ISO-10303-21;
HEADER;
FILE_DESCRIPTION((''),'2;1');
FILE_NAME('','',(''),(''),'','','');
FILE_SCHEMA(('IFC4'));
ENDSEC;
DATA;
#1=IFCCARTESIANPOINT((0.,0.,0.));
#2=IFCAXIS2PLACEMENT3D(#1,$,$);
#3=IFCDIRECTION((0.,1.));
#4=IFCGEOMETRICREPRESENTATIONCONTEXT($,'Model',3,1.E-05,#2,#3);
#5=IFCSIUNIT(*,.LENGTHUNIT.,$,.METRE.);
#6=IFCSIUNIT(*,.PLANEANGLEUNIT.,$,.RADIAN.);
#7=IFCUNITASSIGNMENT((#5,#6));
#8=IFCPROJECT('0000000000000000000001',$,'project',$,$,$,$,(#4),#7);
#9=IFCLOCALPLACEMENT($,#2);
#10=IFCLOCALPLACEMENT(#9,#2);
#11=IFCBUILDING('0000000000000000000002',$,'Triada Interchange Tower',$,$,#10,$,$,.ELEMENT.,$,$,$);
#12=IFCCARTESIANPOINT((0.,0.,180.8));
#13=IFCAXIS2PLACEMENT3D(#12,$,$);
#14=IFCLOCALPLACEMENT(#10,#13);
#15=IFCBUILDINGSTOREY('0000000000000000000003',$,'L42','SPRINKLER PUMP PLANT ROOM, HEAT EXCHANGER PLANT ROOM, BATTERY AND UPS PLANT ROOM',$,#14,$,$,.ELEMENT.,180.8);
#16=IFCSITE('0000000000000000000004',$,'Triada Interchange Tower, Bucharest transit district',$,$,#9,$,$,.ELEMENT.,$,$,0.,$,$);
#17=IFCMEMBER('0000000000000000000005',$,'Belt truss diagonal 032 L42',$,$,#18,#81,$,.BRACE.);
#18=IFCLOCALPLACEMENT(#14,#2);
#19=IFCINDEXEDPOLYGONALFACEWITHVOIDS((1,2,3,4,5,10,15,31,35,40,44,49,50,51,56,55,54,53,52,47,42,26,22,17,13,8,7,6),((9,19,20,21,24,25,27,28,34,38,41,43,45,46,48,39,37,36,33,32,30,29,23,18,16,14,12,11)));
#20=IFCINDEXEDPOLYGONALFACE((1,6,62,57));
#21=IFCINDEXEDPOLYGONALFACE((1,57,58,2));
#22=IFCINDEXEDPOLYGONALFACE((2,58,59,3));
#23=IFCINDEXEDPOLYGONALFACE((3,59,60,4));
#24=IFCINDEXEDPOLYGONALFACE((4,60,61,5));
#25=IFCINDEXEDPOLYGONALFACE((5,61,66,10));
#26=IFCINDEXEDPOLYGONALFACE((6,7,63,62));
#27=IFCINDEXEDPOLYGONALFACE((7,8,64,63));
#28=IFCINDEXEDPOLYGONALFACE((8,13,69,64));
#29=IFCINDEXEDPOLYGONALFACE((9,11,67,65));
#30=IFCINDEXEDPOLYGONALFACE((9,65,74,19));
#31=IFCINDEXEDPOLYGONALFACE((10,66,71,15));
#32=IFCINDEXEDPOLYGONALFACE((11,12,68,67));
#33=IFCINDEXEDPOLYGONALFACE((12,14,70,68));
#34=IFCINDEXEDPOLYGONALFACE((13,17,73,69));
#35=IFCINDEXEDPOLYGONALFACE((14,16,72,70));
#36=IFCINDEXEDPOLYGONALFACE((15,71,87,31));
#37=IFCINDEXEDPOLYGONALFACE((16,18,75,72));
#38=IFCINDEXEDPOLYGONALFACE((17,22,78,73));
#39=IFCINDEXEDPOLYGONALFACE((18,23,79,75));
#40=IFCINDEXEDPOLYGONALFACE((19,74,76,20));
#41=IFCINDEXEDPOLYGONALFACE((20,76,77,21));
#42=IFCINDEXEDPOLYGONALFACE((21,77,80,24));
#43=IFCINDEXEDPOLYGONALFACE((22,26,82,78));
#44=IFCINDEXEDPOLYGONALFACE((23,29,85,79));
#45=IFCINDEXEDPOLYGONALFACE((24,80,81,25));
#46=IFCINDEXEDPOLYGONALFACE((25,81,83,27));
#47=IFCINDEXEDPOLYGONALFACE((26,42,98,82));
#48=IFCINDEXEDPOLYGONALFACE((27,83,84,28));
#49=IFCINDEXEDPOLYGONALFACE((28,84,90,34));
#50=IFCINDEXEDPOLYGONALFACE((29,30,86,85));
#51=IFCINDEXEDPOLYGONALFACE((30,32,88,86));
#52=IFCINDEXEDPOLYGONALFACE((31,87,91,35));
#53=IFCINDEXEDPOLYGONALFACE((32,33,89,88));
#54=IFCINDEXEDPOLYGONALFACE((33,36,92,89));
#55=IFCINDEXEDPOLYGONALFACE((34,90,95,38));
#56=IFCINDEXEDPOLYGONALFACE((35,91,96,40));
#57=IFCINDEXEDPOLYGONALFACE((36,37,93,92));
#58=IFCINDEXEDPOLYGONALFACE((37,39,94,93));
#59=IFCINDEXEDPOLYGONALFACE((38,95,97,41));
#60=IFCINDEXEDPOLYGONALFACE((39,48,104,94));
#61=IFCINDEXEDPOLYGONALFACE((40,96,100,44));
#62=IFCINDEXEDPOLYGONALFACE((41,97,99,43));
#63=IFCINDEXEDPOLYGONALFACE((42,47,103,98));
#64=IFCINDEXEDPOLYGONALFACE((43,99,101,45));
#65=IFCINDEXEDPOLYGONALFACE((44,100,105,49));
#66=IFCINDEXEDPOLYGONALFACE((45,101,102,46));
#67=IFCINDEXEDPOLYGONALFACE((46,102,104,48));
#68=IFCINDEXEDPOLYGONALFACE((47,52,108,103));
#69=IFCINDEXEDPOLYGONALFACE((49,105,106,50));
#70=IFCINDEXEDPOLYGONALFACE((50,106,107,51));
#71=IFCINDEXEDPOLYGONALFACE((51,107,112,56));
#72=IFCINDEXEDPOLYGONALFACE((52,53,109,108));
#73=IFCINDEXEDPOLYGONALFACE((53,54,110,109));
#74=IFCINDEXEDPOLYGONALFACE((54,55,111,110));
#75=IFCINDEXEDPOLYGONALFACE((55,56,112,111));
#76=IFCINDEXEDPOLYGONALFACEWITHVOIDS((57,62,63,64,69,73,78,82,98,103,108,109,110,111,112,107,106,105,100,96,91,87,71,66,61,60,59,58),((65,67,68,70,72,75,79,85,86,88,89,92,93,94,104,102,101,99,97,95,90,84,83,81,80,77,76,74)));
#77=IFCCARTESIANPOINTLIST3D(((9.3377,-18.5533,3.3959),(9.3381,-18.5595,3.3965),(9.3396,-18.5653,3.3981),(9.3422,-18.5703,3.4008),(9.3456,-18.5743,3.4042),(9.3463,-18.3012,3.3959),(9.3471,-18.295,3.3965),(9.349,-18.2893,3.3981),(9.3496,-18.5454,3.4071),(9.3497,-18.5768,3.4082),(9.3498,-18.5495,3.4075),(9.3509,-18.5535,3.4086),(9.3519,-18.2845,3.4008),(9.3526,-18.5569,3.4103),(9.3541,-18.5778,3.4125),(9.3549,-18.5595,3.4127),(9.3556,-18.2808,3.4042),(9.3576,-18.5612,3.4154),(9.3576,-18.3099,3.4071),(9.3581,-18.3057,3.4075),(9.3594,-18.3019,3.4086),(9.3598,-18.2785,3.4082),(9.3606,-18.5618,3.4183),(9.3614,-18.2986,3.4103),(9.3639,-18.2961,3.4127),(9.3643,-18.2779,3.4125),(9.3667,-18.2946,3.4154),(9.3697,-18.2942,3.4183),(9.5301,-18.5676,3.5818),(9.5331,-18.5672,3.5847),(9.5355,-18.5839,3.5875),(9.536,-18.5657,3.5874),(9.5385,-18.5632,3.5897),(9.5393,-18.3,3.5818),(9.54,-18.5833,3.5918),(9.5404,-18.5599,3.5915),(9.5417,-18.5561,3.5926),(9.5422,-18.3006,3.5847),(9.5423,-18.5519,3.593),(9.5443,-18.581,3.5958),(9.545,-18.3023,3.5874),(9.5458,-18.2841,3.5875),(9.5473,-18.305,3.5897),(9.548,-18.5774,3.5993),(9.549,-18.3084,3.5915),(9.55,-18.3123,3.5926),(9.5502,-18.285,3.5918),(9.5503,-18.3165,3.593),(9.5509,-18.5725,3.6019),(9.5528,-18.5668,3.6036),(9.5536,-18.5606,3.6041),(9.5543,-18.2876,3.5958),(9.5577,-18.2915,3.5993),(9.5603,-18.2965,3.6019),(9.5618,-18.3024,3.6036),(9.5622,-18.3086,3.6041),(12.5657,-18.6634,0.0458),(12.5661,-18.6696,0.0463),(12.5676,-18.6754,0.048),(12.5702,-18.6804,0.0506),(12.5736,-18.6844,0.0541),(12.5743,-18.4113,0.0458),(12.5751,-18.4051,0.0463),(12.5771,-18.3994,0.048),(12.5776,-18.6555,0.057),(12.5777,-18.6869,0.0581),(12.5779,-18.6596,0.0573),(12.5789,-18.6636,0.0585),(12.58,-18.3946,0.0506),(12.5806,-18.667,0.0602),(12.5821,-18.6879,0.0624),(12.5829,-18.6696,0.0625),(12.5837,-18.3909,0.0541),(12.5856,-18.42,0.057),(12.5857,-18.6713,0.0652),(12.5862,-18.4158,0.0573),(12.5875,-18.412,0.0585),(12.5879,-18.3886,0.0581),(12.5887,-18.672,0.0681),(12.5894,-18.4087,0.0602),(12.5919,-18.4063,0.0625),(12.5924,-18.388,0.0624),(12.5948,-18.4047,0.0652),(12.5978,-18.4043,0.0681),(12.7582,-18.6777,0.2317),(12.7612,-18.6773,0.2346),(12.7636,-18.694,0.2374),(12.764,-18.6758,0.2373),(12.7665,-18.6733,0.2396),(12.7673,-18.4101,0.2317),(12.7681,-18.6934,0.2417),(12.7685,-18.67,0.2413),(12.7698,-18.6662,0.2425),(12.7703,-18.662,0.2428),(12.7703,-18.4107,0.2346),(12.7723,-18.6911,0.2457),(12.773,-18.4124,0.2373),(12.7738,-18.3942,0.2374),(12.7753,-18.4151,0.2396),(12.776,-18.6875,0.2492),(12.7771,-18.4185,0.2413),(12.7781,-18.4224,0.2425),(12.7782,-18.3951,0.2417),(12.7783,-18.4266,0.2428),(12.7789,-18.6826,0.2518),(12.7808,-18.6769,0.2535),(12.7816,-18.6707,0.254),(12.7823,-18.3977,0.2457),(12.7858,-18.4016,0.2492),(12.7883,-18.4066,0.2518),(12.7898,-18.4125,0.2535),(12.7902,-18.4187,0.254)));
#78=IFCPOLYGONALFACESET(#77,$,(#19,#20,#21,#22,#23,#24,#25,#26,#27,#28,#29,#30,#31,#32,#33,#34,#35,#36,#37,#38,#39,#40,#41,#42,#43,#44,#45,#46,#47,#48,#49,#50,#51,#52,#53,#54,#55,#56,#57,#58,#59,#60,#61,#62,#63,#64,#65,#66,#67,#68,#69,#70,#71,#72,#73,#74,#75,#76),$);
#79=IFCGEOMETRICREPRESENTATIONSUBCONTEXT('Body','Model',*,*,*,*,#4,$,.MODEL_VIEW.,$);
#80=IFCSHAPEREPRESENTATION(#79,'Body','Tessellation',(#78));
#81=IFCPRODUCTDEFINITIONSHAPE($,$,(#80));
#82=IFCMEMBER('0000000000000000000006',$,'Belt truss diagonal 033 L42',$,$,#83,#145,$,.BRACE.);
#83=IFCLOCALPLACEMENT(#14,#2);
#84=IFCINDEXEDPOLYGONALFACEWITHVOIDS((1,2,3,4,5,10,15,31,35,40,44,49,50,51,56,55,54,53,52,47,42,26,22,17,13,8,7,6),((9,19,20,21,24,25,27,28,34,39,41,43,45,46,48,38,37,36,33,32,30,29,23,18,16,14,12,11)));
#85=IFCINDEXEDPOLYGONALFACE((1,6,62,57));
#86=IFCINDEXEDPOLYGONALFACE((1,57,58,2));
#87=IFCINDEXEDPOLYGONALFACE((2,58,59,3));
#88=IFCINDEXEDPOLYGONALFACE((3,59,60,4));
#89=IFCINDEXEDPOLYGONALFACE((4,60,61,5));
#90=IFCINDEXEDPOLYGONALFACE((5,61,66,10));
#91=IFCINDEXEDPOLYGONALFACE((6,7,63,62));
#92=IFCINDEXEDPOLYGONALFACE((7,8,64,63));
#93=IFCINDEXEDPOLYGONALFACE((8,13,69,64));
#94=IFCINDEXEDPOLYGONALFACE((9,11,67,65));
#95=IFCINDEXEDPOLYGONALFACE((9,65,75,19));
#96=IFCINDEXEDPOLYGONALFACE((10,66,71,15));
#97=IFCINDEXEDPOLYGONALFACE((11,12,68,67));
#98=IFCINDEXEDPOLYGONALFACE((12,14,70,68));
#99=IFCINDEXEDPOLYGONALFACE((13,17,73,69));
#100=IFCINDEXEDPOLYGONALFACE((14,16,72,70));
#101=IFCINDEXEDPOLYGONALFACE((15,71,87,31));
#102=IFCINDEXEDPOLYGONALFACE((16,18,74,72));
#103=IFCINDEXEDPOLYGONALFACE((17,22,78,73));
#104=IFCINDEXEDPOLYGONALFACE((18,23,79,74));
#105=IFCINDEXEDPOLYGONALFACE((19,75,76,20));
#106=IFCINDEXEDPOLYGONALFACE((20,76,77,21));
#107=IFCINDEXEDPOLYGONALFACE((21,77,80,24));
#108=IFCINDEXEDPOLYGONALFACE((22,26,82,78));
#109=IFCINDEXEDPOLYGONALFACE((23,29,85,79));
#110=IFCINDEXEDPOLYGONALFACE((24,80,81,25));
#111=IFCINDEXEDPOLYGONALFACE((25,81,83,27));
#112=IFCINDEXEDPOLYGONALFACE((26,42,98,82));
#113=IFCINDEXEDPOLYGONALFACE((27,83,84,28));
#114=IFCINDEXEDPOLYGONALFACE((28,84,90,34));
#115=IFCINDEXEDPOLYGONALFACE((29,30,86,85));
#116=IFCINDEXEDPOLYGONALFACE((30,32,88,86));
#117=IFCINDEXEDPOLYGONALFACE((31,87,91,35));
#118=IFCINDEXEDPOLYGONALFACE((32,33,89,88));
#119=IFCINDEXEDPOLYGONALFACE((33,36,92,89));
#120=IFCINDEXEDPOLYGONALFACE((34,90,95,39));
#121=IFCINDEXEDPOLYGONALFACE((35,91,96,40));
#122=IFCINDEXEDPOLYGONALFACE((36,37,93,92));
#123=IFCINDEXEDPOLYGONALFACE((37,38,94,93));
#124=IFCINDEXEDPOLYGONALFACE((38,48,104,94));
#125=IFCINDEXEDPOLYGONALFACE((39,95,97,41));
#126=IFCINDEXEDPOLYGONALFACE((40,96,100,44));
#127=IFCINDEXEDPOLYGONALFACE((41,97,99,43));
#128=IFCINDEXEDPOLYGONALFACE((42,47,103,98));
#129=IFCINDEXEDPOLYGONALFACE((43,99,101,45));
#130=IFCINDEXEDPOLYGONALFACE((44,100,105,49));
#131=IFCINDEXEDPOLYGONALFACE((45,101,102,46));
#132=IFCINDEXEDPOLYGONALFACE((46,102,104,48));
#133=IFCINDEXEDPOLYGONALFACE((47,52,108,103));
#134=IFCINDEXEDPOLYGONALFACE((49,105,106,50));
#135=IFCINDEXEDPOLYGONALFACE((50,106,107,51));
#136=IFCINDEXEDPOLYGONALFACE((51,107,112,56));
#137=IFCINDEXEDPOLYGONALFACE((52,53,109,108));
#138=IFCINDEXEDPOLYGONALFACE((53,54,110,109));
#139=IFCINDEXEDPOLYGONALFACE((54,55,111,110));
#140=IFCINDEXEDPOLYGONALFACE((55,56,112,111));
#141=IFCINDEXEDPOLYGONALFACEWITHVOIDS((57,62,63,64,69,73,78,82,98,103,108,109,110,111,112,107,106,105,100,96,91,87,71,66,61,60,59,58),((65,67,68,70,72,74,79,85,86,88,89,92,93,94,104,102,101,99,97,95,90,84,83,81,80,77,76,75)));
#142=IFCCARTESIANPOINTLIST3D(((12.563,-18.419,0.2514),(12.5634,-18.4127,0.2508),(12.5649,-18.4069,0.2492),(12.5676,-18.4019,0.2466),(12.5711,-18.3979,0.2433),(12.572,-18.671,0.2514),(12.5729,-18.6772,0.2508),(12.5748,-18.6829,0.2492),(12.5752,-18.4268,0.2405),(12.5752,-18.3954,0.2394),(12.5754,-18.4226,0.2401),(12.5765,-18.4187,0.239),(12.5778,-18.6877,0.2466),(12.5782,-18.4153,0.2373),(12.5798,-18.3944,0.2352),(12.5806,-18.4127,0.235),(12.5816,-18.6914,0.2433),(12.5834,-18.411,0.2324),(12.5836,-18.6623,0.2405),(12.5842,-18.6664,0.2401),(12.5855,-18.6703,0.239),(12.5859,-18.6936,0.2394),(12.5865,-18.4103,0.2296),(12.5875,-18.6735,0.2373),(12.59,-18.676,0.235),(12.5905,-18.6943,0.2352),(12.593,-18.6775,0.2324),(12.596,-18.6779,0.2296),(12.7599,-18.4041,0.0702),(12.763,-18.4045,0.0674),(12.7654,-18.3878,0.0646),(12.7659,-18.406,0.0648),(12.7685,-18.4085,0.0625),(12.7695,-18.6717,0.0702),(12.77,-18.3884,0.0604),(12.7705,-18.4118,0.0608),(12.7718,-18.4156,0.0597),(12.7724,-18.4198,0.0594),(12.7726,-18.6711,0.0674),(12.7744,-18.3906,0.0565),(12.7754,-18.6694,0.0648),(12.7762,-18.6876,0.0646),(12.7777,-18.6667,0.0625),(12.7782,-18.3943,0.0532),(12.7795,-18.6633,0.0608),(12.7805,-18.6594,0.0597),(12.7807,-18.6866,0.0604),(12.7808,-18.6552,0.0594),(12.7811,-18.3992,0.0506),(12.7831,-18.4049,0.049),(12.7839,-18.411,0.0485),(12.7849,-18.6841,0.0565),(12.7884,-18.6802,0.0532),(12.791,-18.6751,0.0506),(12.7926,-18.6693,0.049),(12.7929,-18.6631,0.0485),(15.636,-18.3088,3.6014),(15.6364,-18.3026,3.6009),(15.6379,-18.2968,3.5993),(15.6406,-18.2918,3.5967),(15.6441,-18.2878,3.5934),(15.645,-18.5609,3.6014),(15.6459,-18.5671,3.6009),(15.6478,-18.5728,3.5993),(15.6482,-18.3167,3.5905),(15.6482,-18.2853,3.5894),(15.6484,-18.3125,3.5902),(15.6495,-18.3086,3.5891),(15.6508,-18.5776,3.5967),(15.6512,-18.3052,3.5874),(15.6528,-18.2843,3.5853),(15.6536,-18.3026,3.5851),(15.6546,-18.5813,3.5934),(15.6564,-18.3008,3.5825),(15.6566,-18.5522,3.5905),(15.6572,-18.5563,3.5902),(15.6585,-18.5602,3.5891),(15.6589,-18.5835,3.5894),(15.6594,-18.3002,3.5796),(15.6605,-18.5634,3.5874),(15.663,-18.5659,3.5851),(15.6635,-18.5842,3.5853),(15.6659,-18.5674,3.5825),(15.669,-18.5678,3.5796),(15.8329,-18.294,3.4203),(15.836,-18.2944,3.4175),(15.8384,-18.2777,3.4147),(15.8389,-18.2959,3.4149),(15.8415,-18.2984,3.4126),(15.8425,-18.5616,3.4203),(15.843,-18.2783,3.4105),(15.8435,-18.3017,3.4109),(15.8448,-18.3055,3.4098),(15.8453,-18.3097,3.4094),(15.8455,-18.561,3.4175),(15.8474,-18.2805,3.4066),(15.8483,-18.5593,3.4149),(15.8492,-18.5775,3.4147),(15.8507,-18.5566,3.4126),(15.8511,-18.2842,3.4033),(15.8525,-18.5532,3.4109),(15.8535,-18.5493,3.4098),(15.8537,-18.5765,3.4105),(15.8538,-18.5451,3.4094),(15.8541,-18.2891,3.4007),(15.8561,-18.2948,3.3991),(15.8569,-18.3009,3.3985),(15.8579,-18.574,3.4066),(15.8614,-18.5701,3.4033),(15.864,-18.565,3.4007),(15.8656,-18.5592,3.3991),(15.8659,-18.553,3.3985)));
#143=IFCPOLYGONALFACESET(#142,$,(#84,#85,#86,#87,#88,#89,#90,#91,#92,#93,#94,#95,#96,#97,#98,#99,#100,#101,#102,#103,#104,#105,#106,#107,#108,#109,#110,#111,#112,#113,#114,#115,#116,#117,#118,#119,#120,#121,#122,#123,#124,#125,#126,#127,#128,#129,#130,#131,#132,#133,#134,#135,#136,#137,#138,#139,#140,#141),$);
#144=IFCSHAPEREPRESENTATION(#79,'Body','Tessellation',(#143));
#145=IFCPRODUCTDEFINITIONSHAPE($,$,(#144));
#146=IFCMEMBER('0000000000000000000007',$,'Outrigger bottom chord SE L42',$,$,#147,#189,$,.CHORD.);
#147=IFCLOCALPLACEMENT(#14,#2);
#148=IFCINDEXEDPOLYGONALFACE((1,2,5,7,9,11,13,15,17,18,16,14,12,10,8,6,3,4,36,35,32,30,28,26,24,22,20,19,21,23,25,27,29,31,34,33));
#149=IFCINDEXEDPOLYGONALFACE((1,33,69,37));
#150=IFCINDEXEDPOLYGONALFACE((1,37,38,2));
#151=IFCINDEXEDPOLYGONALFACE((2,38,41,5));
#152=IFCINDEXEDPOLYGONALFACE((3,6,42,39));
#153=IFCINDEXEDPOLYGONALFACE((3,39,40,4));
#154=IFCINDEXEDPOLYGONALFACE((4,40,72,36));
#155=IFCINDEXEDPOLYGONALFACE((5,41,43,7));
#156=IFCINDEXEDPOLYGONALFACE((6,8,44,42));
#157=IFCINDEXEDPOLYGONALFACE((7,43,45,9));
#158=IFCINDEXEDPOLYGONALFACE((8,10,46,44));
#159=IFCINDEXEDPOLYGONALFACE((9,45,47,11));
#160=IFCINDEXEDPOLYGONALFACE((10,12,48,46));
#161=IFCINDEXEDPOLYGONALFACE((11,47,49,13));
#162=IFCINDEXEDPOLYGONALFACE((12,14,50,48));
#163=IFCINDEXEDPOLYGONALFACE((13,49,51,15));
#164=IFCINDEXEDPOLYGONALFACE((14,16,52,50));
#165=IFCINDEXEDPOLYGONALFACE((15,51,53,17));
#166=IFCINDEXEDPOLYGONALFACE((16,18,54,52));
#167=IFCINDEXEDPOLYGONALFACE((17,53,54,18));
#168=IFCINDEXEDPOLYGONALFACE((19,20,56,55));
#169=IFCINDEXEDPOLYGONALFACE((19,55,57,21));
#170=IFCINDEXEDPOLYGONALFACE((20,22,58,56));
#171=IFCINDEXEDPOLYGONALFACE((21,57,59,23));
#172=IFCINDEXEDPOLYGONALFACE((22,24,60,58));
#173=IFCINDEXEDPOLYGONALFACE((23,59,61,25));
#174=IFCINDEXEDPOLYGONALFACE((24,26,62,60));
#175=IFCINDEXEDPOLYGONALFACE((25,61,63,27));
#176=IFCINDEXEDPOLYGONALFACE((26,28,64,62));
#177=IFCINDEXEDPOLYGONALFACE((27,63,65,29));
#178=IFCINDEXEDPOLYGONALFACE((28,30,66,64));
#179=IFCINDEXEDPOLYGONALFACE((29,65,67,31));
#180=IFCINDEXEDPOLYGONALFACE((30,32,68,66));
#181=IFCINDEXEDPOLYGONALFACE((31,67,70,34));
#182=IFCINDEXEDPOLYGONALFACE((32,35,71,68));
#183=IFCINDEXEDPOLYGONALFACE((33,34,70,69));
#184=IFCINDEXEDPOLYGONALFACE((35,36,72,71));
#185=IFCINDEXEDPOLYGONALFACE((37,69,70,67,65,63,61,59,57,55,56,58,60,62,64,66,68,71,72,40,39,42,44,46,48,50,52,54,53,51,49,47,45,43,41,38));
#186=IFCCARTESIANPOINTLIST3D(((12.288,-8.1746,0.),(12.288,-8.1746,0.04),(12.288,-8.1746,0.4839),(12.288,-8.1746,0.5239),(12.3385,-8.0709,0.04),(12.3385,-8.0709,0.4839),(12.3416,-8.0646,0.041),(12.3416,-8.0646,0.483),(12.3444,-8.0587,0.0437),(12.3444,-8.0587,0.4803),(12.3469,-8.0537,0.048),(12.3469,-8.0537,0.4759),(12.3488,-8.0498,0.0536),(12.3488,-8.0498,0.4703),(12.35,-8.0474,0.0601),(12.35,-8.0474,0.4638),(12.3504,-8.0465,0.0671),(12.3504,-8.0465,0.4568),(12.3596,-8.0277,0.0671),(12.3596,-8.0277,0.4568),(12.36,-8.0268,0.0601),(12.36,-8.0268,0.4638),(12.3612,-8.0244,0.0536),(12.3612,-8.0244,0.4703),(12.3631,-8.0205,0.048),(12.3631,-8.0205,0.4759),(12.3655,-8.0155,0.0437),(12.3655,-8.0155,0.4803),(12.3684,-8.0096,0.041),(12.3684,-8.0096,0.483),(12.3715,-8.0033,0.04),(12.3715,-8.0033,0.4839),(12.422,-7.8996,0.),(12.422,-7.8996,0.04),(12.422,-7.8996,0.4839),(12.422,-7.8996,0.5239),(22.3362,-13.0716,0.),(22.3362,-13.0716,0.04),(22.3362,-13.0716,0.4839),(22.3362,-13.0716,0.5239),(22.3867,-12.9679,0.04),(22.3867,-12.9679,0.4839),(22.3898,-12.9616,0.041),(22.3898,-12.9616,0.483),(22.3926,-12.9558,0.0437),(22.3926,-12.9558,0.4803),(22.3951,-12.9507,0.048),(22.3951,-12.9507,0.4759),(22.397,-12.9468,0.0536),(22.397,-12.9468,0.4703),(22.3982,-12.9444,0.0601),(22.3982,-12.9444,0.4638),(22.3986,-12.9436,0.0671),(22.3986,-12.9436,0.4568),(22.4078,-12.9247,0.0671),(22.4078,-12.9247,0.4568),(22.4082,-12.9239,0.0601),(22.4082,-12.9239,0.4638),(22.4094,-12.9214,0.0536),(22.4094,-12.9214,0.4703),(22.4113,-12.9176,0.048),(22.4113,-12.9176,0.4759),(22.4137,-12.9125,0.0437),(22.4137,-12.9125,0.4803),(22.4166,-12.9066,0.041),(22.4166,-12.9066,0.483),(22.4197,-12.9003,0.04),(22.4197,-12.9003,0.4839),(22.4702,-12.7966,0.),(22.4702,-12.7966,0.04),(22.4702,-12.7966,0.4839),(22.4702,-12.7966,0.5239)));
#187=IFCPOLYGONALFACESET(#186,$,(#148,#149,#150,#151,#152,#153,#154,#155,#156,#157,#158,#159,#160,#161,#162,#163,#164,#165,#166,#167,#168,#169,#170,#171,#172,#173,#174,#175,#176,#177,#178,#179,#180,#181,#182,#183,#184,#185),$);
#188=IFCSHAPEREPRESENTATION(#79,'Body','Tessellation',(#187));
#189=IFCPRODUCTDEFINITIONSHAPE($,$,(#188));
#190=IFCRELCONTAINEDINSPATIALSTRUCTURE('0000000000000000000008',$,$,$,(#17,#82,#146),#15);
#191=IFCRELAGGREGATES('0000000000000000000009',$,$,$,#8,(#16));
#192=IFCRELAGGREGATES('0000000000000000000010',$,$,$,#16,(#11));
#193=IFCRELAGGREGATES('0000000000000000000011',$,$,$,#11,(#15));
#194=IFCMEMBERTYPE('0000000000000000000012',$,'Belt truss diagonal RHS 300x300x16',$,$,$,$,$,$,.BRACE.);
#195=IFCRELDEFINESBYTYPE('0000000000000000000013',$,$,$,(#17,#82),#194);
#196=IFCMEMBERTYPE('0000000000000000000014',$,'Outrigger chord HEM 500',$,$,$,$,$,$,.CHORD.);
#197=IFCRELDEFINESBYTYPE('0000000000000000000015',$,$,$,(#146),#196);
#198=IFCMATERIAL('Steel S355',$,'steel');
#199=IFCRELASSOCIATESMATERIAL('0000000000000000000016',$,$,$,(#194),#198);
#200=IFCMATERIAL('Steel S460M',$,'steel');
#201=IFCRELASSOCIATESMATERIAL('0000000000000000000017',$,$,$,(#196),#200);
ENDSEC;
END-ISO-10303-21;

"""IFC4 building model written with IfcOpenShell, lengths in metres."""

from ifc_helpers import new_model, si_unit, direction, frame, origin, origin_2d, place, context, subcontext, project, spatial, hollow_rectangle, i_section, extrude, material, material_profile, profile_set, type_object, element, save


model = new_model("IFC4")

# Units and contexts
model_context = context("Model", 3, precision=1e-05, world=origin(), true_north=direction((0.0, 1.0)))
body_context = subcontext(model_context, "Body", "Model", "MODEL_VIEW")
ifc_project = project(units=[si_unit("LENGTHUNIT", "METRE"), si_unit("PLANEANGLEUNIT", "RADIAN")], contexts=[model_context])

# Site, building, storey
site_placement = place(None, origin())
site = spatial("IfcSite", under=ifc_project, at=site_placement, Name="Triada Interchange Tower, Bucharest transit district", CompositionType="ELEMENT", RefElevation=0.0)
building_placement = place(site_placement, origin())
building = spatial("IfcBuilding", under=site, at=building_placement, Name="Triada Interchange Tower", CompositionType="ELEMENT")
storey_placement = place(building_placement, frame((0.0, 0.0, 180.8)))
storey = spatial("IfcBuildingStorey", under=building, at=storey_placement, Name="L42", Description="SPRINKLER PUMP PLANT ROOM, HEAT EXCHANGER PLANT ROOM, BATTERY AND UPS PLANT ROOM", CompositionType="ELEMENT", Elevation=180.8)

# Members
ifc_material_1 = material(Name="Steel S355", Category="steel")
ifc_material_profile_1 = material_profile(ifc_material_1, hollow_rectangle(XDim=0.3, YDim=0.3, WallThickness=0.0161, InnerFilletRadius=0.0161, OuterFilletRadius=0.0239, at=origin_2d()), Name="RHS 300x300x16")
ifc_profile_set_1 = profile_set([ifc_material_profile_1], Name="Steel S355")
member_type_1 = type_object("IfcMemberType", Name="Belt truss diagonal RHS 300x300x16", PredefinedType="BRACE", material=ifc_profile_set_1)
member_1_placement = place(storey_placement, frame((12.678, -18.541, 0.1499), z_axis=(-0.693671, 0.023661, 0.719903), x_axis=(-0.03409, -0.999419, 0.0)))
element("IfcMember", 1, at=member_1_placement, inside=storey, type_object=member_type_1, Name="Belt truss diagonal 032 L42", PredefinedType="BRACE", context=body_context, shape_type="SweptSolid", body=[
    extrude(hollow_rectangle(XDim=0.3, YDim=0.3, WallThickness=0.0161, InnerFilletRadius=0.0161, OuterFilletRadius=0.0239, at=origin_2d()), origin(), (0.0, 0.0, 1.0), 4.6536),
])
member_2_placement = place(storey_placement, frame((12.678, -18.541, 0.1499), z_axis=(0.675774, 0.024213, 0.736711), x_axis=(-0.035808, 0.999359, 0.0)))
element("IfcMember", 2, at=member_2_placement, inside=storey, type_object=member_type_1, Name="Belt truss diagonal 033 L42", PredefinedType="BRACE", context=body_context, shape_type="SweptSolid", body=[
    extrude(hollow_rectangle(XDim=0.3, YDim=0.3, WallThickness=0.0161, InnerFilletRadius=0.0161, OuterFilletRadius=0.0239, at=origin_2d()), origin(), (0.0, 0.0, 1.0), 4.5474),
])
ifc_material_2 = material(Name="Steel S460M", Category="steel")
ifc_material_profile_2 = material_profile(ifc_material_2, i_section(OverallWidth=0.3059, OverallDepth=0.5239, WebThickness=0.021, FlangeThickness=0.04, FilletRadius=0.0271, at=origin_2d()), Name="HEM 500")
ifc_profile_set_2 = profile_set([ifc_material_profile_2], Name="Steel S460M")
member_type_2 = type_object("IfcMemberType", Name="Outrigger chord HEM 500", PredefinedType="CHORD", material=ifc_profile_set_2)
for number, where, z_axis, x_axis, name in (
    (3, (12.355, -8.0371, 0.262), (0.898928, -0.438096, 0.0), (0.438096, 0.898928, 0.0), "Outrigger bottom chord SE L42"),
):
    element("IfcMember", number, at=place(storey_placement, frame(where, z_axis=z_axis, x_axis=x_axis)), inside=storey, type_object=member_type_2, Name=name, PredefinedType="CHORD", context=body_context, shape_type="SweptSolid", body=[
        extrude(i_section(OverallWidth=0.3059, OverallDepth=0.5239, WebThickness=0.021, FlangeThickness=0.04, FilletRadius=0.0271, at=origin_2d()), origin(), (0.0, 0.0, 1.0), 11.178),
    ])

save(model, "model.ifc")
